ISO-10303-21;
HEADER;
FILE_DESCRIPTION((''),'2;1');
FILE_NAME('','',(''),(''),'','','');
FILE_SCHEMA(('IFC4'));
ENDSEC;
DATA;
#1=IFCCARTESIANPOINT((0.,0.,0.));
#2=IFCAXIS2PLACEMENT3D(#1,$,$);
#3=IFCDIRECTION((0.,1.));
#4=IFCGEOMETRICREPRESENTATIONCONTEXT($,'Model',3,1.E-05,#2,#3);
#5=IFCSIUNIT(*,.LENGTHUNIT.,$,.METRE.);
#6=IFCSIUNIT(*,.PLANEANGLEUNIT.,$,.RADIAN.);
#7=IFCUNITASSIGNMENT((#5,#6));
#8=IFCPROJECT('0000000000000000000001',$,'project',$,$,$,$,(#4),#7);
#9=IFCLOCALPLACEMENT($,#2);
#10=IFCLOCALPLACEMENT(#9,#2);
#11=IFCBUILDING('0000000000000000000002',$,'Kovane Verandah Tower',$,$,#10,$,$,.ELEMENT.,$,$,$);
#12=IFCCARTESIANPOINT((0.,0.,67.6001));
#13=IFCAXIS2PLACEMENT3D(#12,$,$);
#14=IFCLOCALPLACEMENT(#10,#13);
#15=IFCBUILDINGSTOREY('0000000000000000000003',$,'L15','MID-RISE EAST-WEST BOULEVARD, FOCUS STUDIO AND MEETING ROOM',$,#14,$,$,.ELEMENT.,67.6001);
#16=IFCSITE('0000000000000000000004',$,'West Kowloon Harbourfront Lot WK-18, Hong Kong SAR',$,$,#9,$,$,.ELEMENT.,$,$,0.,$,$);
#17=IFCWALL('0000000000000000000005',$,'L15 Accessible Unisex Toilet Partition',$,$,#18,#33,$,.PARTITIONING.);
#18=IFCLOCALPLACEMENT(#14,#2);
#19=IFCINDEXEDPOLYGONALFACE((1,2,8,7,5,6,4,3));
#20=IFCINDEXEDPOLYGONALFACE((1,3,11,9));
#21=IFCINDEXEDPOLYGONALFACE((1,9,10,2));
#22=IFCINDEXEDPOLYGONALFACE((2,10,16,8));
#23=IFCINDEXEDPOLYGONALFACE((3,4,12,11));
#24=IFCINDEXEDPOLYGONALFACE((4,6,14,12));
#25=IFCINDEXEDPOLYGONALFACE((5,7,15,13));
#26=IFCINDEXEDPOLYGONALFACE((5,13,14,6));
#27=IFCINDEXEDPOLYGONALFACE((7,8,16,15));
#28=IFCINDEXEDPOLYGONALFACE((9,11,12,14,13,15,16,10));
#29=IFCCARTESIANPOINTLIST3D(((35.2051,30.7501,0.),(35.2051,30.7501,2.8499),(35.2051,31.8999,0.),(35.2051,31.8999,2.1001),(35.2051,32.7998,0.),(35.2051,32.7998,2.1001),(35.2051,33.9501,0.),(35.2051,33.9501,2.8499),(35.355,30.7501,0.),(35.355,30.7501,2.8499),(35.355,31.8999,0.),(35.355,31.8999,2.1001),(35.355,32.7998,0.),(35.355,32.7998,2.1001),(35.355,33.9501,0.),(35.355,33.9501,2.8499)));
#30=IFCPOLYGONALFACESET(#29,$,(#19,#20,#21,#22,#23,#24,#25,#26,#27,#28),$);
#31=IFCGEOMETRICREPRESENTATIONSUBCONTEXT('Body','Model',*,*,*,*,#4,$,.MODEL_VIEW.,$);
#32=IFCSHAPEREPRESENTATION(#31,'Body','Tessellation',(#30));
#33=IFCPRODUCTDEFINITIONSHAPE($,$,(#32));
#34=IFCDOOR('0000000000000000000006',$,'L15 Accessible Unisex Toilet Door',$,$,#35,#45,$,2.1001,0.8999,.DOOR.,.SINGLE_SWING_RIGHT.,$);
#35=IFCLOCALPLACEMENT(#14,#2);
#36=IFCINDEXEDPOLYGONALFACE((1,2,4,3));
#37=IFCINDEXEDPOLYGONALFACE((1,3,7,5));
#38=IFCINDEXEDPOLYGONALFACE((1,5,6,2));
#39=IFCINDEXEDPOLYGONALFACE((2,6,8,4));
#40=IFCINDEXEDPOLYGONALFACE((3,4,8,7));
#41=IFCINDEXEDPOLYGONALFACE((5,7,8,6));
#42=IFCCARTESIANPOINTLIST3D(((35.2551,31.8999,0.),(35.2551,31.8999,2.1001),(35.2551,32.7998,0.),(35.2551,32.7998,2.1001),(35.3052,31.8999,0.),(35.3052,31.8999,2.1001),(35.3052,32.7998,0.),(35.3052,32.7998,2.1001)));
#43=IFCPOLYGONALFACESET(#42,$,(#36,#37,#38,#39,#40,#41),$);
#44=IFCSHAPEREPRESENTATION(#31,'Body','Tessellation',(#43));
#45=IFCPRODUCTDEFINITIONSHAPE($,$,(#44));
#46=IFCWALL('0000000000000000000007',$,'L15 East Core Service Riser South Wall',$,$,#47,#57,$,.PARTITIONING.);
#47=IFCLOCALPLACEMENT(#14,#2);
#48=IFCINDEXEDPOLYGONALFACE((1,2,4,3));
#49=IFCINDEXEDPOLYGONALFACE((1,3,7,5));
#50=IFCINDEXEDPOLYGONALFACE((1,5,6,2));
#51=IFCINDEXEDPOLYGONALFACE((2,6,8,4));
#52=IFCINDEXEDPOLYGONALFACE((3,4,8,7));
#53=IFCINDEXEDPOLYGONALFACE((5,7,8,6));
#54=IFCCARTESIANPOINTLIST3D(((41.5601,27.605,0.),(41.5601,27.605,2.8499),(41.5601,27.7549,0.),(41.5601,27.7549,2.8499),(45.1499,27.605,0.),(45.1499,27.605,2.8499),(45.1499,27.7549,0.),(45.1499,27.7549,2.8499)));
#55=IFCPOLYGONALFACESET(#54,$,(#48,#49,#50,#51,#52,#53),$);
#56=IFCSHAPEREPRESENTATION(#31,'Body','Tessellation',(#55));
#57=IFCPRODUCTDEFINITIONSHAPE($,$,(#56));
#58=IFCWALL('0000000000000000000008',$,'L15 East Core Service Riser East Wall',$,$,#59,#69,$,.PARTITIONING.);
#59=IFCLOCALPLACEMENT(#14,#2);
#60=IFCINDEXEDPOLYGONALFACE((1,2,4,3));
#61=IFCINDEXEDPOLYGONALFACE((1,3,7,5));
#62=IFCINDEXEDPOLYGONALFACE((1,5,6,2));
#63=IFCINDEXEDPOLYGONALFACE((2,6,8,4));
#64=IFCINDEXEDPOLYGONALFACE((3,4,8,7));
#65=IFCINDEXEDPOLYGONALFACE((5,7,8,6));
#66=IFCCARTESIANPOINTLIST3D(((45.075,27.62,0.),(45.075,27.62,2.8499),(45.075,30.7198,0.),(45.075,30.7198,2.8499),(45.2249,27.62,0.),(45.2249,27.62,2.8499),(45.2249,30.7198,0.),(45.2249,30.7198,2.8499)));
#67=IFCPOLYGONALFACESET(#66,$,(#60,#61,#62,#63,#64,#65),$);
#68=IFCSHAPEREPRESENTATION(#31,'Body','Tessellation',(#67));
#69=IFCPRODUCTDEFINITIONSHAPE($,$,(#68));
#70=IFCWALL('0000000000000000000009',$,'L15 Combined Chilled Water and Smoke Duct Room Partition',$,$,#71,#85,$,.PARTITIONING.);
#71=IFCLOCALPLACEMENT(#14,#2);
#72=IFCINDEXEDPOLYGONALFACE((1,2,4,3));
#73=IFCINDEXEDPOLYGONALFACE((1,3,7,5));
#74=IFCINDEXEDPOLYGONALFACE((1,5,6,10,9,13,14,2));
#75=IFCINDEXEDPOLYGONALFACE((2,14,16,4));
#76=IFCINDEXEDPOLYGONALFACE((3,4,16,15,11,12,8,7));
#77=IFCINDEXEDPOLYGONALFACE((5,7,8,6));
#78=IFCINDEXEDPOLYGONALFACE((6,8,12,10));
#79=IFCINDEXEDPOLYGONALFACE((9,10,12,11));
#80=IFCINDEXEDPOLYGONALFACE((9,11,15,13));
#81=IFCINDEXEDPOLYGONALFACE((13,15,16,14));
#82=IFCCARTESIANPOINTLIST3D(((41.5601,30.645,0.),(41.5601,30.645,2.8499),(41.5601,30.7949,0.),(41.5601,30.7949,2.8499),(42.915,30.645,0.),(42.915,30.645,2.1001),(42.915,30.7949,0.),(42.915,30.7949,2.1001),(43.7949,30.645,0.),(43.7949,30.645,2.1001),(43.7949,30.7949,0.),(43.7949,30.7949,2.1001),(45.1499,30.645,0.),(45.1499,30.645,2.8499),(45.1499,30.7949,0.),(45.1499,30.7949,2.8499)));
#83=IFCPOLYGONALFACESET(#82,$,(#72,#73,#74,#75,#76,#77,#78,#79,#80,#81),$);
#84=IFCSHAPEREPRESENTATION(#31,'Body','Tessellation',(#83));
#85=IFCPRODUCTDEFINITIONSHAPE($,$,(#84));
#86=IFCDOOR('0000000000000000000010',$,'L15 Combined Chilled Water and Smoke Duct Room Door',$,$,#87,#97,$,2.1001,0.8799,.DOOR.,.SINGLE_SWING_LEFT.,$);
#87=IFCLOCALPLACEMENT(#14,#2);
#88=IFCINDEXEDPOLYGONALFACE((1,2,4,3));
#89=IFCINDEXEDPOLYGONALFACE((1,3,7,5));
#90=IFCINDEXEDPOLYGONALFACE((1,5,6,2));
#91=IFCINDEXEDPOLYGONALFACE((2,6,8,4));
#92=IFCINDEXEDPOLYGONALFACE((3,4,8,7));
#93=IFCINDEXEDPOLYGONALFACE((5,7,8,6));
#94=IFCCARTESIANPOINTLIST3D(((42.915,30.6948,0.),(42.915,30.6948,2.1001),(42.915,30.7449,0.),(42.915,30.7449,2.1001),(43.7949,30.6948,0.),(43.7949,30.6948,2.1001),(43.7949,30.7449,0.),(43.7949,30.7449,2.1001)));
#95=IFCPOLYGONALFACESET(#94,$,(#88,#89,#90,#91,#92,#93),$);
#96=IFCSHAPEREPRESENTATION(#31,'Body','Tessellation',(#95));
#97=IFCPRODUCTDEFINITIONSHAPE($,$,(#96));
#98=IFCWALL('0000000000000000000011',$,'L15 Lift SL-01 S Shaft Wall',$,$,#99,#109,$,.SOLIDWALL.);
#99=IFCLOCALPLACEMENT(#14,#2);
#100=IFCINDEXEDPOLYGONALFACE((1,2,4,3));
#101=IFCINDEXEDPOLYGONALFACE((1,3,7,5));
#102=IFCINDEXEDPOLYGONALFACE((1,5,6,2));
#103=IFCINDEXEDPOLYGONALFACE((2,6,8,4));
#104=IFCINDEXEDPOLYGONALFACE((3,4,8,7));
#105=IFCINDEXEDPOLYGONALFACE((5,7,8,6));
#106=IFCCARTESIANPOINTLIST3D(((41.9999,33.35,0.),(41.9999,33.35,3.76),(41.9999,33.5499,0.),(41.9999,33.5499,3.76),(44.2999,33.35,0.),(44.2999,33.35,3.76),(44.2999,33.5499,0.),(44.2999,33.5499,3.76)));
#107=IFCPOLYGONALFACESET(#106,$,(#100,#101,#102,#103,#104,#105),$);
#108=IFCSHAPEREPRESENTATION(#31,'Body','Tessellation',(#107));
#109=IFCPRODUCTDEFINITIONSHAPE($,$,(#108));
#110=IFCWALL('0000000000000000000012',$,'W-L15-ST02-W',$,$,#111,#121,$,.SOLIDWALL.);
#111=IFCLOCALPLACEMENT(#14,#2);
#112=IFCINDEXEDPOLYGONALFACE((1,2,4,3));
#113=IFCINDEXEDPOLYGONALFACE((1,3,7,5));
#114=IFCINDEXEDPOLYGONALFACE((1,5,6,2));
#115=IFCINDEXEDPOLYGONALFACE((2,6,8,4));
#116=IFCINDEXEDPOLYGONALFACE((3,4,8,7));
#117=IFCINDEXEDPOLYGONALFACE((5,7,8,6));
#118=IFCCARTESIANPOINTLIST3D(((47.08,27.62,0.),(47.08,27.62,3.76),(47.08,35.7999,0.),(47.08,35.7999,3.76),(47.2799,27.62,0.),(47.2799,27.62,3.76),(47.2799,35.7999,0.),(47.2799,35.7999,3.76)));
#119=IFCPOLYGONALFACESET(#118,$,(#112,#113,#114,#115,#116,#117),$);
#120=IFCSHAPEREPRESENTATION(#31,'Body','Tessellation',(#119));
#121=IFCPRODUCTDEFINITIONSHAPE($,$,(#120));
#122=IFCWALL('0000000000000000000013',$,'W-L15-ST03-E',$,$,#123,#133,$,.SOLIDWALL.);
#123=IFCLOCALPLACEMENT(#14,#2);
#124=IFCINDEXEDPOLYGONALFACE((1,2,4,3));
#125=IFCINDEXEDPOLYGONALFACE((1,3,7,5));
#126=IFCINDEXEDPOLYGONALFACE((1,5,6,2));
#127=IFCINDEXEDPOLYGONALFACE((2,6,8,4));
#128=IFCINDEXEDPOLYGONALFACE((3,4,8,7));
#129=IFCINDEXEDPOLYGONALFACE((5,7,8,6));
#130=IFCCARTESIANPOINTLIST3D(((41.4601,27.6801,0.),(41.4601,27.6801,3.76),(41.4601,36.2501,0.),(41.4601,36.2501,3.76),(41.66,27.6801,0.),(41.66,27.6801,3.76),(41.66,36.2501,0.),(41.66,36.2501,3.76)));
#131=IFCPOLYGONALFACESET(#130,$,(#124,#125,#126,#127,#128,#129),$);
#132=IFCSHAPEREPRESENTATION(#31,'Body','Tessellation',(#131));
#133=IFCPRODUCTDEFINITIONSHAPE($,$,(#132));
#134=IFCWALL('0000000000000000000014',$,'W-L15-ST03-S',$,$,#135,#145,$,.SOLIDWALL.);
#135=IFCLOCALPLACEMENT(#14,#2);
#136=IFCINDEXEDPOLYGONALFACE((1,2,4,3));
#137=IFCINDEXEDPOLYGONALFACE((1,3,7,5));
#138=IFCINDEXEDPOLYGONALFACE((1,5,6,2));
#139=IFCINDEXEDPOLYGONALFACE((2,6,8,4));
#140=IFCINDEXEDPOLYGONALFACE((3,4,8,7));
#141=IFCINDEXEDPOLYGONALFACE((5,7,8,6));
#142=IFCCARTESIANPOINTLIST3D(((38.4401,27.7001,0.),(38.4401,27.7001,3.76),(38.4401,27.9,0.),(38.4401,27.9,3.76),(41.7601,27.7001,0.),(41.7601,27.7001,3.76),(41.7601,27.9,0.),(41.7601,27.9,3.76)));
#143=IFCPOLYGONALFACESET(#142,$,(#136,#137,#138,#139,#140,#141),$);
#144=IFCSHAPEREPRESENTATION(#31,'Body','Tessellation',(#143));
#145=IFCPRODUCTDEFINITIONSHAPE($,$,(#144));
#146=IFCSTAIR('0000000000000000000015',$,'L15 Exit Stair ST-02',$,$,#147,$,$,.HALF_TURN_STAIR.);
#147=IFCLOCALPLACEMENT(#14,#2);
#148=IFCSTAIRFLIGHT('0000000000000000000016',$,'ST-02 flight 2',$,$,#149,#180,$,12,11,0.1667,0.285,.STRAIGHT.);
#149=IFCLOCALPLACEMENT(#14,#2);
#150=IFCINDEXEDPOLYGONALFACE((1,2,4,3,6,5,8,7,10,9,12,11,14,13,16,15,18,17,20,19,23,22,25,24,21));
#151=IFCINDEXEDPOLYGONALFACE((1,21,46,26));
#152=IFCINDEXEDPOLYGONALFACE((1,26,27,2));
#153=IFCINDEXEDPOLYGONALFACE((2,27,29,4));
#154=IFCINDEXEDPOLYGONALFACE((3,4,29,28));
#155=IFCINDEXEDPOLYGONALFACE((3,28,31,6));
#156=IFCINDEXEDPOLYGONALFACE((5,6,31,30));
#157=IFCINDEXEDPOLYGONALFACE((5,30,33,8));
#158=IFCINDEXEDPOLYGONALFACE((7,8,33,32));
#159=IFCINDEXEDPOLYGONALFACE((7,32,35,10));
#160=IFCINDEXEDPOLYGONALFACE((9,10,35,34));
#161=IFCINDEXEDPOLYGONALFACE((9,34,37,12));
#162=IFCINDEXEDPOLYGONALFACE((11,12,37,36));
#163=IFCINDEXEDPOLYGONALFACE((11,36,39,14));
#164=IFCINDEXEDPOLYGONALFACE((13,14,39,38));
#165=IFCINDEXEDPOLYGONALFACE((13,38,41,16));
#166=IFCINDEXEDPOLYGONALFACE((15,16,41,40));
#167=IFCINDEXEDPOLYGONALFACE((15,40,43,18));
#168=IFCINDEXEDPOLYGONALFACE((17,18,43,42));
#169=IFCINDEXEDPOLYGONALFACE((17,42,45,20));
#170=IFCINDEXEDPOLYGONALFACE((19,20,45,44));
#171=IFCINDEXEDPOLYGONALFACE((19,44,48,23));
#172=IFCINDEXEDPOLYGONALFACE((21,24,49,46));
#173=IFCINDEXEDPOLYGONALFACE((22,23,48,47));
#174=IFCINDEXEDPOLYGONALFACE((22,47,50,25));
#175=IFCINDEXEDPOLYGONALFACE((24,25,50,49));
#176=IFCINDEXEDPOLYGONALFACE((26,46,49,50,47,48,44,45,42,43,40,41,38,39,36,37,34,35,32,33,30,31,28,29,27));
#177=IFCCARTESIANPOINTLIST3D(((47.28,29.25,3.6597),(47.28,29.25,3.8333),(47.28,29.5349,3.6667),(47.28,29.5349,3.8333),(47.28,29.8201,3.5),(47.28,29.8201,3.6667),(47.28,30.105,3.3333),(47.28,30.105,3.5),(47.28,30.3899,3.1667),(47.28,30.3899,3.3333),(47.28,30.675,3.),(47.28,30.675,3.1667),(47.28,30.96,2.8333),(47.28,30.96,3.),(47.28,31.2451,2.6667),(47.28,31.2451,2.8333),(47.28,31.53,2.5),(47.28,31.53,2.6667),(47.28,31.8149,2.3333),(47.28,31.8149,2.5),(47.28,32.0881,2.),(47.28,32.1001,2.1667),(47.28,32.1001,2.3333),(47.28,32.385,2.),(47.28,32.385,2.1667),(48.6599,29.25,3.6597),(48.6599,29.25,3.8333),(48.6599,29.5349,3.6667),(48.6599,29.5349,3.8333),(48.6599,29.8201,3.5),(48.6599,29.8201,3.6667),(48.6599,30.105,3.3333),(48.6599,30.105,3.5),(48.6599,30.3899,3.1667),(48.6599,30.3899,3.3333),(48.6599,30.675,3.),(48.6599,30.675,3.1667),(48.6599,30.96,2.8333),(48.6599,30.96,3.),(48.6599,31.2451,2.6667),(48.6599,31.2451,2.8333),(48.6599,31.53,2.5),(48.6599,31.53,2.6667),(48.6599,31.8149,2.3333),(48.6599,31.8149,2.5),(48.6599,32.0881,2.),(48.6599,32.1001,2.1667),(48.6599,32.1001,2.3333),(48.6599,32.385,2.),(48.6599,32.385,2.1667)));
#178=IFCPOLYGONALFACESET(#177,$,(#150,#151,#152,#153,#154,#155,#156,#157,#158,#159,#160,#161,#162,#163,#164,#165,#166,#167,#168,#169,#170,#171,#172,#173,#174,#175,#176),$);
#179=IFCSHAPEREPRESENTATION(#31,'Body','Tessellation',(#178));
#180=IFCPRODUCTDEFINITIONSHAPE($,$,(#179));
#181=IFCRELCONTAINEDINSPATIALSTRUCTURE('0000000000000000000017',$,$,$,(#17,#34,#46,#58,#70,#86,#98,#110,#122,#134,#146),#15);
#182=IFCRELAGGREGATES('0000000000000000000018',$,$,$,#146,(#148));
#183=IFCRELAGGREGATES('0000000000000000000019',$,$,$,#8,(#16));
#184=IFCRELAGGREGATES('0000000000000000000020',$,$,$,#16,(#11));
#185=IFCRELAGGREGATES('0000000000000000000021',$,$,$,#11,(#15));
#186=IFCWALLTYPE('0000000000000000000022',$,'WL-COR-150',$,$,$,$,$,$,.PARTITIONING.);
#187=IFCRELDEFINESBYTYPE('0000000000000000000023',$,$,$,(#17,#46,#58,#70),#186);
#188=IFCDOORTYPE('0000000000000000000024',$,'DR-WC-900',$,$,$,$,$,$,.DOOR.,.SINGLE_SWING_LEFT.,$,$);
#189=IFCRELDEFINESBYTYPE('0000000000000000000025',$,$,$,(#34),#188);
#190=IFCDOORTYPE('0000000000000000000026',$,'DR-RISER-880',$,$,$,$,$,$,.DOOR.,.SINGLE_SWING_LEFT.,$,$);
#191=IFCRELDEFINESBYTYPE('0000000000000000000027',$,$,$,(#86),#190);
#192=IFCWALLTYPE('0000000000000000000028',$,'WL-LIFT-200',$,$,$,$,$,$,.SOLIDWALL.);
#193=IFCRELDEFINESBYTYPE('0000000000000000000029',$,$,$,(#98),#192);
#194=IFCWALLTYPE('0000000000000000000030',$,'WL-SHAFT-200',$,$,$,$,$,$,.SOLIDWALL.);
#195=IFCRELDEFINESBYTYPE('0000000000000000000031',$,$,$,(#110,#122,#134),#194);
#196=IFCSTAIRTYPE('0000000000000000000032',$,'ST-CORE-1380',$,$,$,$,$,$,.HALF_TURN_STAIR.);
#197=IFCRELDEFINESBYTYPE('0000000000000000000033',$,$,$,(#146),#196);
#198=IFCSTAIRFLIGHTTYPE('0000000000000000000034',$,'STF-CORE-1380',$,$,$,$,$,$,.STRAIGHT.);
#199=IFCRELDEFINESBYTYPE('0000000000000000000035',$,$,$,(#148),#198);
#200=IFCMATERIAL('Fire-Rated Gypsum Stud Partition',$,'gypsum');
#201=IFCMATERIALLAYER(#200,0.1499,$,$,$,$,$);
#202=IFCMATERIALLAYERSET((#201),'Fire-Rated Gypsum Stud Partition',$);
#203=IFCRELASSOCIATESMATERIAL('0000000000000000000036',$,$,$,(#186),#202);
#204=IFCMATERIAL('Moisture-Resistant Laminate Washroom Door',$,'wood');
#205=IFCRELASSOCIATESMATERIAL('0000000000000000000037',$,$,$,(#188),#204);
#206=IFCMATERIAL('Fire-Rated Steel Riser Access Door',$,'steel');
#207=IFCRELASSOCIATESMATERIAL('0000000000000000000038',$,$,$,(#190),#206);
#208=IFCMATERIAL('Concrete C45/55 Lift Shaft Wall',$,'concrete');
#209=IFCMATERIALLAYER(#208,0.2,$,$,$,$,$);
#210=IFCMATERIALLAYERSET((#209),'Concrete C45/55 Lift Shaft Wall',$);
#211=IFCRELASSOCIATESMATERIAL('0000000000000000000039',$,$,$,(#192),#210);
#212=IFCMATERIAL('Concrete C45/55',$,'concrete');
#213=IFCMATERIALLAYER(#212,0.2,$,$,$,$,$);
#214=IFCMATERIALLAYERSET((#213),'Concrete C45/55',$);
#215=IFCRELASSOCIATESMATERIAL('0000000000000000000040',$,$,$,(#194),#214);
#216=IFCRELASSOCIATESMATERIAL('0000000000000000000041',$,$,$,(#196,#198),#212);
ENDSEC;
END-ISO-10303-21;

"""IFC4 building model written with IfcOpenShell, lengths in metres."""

from ifc_helpers import new_model, si_unit, direction, frame, frame_2d, origin, place, context, subcontext, project, spatial, polyline, rectangle, outline, extrude, material, layer, layer_set, type_object, element, fill, aggregate, save


model = new_model("IFC4")

# Units and contexts
model_context = context("Model", 3, precision=1e-05, world=origin(), true_north=direction((0.0, 1.0)))
body_context = subcontext(model_context, "Body", "Model", "MODEL_VIEW")
ifc_project = project(units=[si_unit("LENGTHUNIT", "METRE"), si_unit("PLANEANGLEUNIT", "RADIAN")], contexts=[model_context])

# Site, building, storey
site_placement = place(None, origin())
site = spatial("IfcSite", under=ifc_project, at=site_placement, Name="West Kowloon Harbourfront Lot WK-18, Hong Kong SAR", CompositionType="ELEMENT", RefElevation=0.0)
building_placement = place(site_placement, origin())
building = spatial("IfcBuilding", under=site, at=building_placement, Name="Kovane Verandah Tower", CompositionType="ELEMENT")
storey_placement = place(building_placement, frame((0.0, 0.0, 67.6001)))
storey = spatial("IfcBuildingStorey", under=building, at=storey_placement, Name="L15", Description="MID-RISE EAST-WEST BOULEVARD, FOCUS STUDIO AND MEETING ROOM", CompositionType="ELEMENT", Elevation=67.6001)

# Wall, opening, door
ifc_material_1 = material(Name="Fire-Rated Gypsum Stud Partition", Category="gypsum")
ifc_layer_1 = layer(ifc_material_1, 0.1499)
ifc_layer_set_1 = layer_set([ifc_layer_1], Name="Fire-Rated Gypsum Stud Partition")
wall_type_1 = type_object("IfcWallType", Name="WL-COR-150", PredefinedType="PARTITIONING", material=ifc_layer_set_1)
wall_1_placement = place(storey_placement, frame((35.28, 30.75, 0.0), z_axis=(0.0, 0.0, 1.0), x_axis=(0.0, 1.0, 0.0)))
wall_1 = element("IfcWall", 1, at=wall_1_placement, inside=storey, type_object=wall_type_1, Name="L15 Accessible Unisex Toilet Partition", PredefinedType="PARTITIONING", context=body_context, shape_type="SweptSolid", body=[
    extrude(rectangle(XDim=3.2, YDim=0.1499, at=frame_2d((1.6001, 0.0))), origin(), (0.0, 0.0, 1.0), 2.8499),
])
opening_1_placement = place(wall_1_placement, frame((1.1499, 0.0, 0.0)))
opening_1 = element("IfcOpeningElement", 2, at=opening_1_placement, cuts=wall_1, PredefinedType="OPENING", context=body_context, shape_type="SweptSolid", body=[
    extrude(rectangle(XDim=0.8999, YDim=2.1001, at=frame_2d((0.45, 1.05))), frame((0.0, 0.075, 0.0), z_axis=(0.0, -1.0, 0.0), x_axis=(1.0, 0.0, 0.0)), (0.0, 0.0, 1.0), 0.1499),
])
ifc_material_2 = material(Name="Moisture-Resistant Laminate Washroom Door", Category="wood")
door_type_1 = type_object("IfcDoorType", Name="DR-WC-900", OperationType="SINGLE_SWING_LEFT", PredefinedType="DOOR", material=ifc_material_2)
door_1_placement = place(opening_1_placement, origin())
door_1 = element("IfcDoor", 3, at=door_1_placement, inside=storey, type_object=door_type_1, Name="L15 Accessible Unisex Toilet Door", OperationType="SINGLE_SWING_RIGHT", OverallHeight=2.1001, OverallWidth=0.8999, PredefinedType="DOOR", context=body_context, shape_type="SweptSolid", body=[
    extrude(rectangle(XDim=0.8999, YDim=2.1001, at=frame_2d((0.45, 1.05))), frame((0.0, 0.0249, 0.0), z_axis=(0.0, -1.0, 0.0), x_axis=(1.0, 0.0, 0.0)), (0.0, 0.0, 1.0), 0.05),
])
fill(opening_1, door_1)

# Walls
wall_2_placement = place(storey_placement, frame((41.5601, 27.6799, 0.0), z_axis=(0.0, 0.0, 1.0), x_axis=(1.0, 0.0, 0.0)))
element("IfcWall", 4, at=wall_2_placement, inside=storey, type_object=wall_type_1, Name="L15 East Core Service Riser South Wall", PredefinedType="PARTITIONING", context=body_context, shape_type="SweptSolid", body=[
    extrude(rectangle(XDim=3.5898, YDim=0.1499, at=frame_2d((1.7949, 0.0))), origin(), (0.0, 0.0, 1.0), 2.8499),
])
wall_3_placement = place(storey_placement, frame((45.1499, 27.6201, 0.0), z_axis=(0.0, 0.0, 1.0), x_axis=(0.0, 1.0, 0.0)))
element("IfcWall", 5, at=wall_3_placement, inside=storey, type_object=wall_type_1, Name="L15 East Core Service Riser East Wall", PredefinedType="PARTITIONING", context=body_context, shape_type="SweptSolid", body=[
    extrude(rectangle(XDim=3.0999, YDim=0.1499, at=frame_2d((1.5498, 0.0))), origin(), (0.0, 0.0, 1.0), 2.8499),
])

# Wall, opening, door
wall_4_placement = place(storey_placement, frame((41.5601, 30.72, 0.0), z_axis=(0.0, 0.0, 1.0), x_axis=(1.0, 0.0, 0.0)))
wall_4 = element("IfcWall", 6, at=wall_4_placement, inside=storey, type_object=wall_type_1, Name="L15 Combined Chilled Water and Smoke Duct Room Partition", PredefinedType="PARTITIONING", context=body_context, shape_type="SweptSolid", body=[
    extrude(rectangle(XDim=3.5898, YDim=0.1499, at=frame_2d((1.7949, 0.0))), origin(), (0.0, 0.0, 1.0), 2.8499),
])
opening_2_placement = place(wall_4_placement, frame((1.355, 0.0, 0.0)))
opening_2 = element("IfcOpeningElement", 7, at=opening_2_placement, cuts=wall_4, PredefinedType="OPENING", context=body_context, shape_type="SweptSolid", body=[
    extrude(rectangle(XDim=0.8799, YDim=2.1001, at=frame_2d((0.4399, 1.05))), frame((0.0, 0.075, 0.0), z_axis=(0.0, -1.0, 0.0), x_axis=(1.0, 0.0, 0.0)), (0.0, 0.0, 1.0), 0.1499),
])
ifc_material_3 = material(Name="Fire-Rated Steel Riser Access Door", Category="steel")
door_type_2 = type_object("IfcDoorType", Name="DR-RISER-880", OperationType="SINGLE_SWING_LEFT", PredefinedType="DOOR", material=ifc_material_3)
door_2_placement = place(opening_2_placement, origin())
door_2 = element("IfcDoor", 8, at=door_2_placement, inside=storey, type_object=door_type_2, Name="L15 Combined Chilled Water and Smoke Duct Room Door", OperationType="SINGLE_SWING_LEFT", OverallHeight=2.1001, OverallWidth=0.8799, PredefinedType="DOOR", context=body_context, shape_type="SweptSolid", body=[
    extrude(rectangle(XDim=0.8799, YDim=2.1001, at=frame_2d((0.4399, 1.05))), frame((0.0, 0.0249, 0.0), z_axis=(0.0, -1.0, 0.0), x_axis=(1.0, 0.0, 0.0)), (0.0, 0.0, 1.0), 0.05),
])
fill(opening_2, door_2)

# Walls
ifc_material_4 = material(Name="Concrete C45/55 Lift Shaft Wall", Category="concrete")
ifc_layer_2 = layer(ifc_material_4, 0.2)
ifc_layer_set_2 = layer_set([ifc_layer_2], Name="Concrete C45/55 Lift Shaft Wall")
wall_type_2 = type_object("IfcWallType", Name="WL-LIFT-200", PredefinedType="SOLIDWALL", material=ifc_layer_set_2)
wall_5_placement = place(storey_placement, frame((42.0, 33.45, 0.0), z_axis=(0.0, 0.0, 1.0), x_axis=(1.0, 0.0, 0.0)))
element("IfcWall", 9, at=wall_5_placement, inside=storey, type_object=wall_type_2, Name="L15 Lift SL-01 S Shaft Wall", PredefinedType="SOLIDWALL", context=body_context, shape_type="SweptSolid", body=[
    extrude(rectangle(XDim=2.3, YDim=0.2, at=frame_2d((1.1499, 0.0))), origin(), (0.0, 0.0, 1.0), 3.76),
])
ifc_material_5 = material(Name="Concrete C45/55", Category="concrete")
ifc_layer_3 = layer(ifc_material_5, 0.2)
ifc_layer_set_3 = layer_set([ifc_layer_3], Name="Concrete C45/55")
wall_type_3 = type_object("IfcWallType", Name="WL-SHAFT-200", PredefinedType="SOLIDWALL", material=ifc_layer_set_3)
wall_6_placement = place(storey_placement, frame((47.1799, 27.6201, 0.0), z_axis=(0.0, 0.0, 1.0), x_axis=(0.0, 1.0, 0.0)))
element("IfcWall", 10, at=wall_6_placement, inside=storey, type_object=wall_type_3, Name="W-L15-ST02-W", PredefinedType="SOLIDWALL", context=body_context, shape_type="SweptSolid", body=[
    extrude(rectangle(XDim=8.1799, YDim=0.2, at=frame_2d((4.0898, 0.0))), origin(), (0.0, 0.0, 1.0), 3.76),
])

# Walls
wall_7_placement = place(storey_placement, frame((41.5601, 27.6799, 0.0), z_axis=(0.0, 0.0, 1.0), x_axis=(0.0, 1.0, 0.0)))
element("IfcWall", 11, at=wall_7_placement, inside=storey, type_object=wall_type_3, Name="W-L15-ST03-E", PredefinedType="SOLIDWALL", context=body_context, shape_type="SweptSolid", body=[
    extrude(rectangle(XDim=8.5701, YDim=0.2, at=frame_2d((4.2852, 0.0))), origin(), (0.0, 0.0, 1.0), 3.76),
])
wall_8_placement = place(storey_placement, frame((38.4399, 27.8, 0.0), z_axis=(0.0, 0.0, 1.0), x_axis=(1.0, 0.0, 0.0)))
element("IfcWall", 12, at=wall_8_placement, inside=storey, type_object=wall_type_3, Name="W-L15-ST03-S", PredefinedType="SOLIDWALL", context=body_context, shape_type="SweptSolid", body=[
    extrude(rectangle(XDim=3.3201, YDim=0.2, at=frame_2d((1.6602, 0.0))), origin(), (0.0, 0.0, 1.0), 3.76),
])

# Stair, stair flight
stair_type = type_object("IfcStairType", Name="ST-CORE-1380", PredefinedType="HALF_TURN_STAIR", material=ifc_material_5)
stair_1_placement = place(storey_placement, origin())
stair_1 = element("IfcStair", 13, at=stair_1_placement, inside=storey, type_object=stair_type, Name="L15 Exit Stair ST-02", PredefinedType="HALF_TURN_STAIR")
stair_flight_type = type_object("IfcStairFlightType", Name="STF-CORE-1380", PredefinedType="STRAIGHT", material=ifc_material_5)
stair_flight_1_placement = place(storey_placement, frame((47.97, 32.385, 2.0), z_axis=(0.0, 0.0, 1.0), x_axis=(0.0, -1.0, 0.0)))
stair_flight_1 = element("IfcStairFlight", 14, at=stair_flight_1_placement, type_object=stair_flight_type, Name="ST-02 flight 2", NumberOfRisers=12, NumberOfTreads=11, PredefinedType="STRAIGHT", RiserHeight=0.1667, TreadLength=0.285, context=body_context, shape_type="SweptSolid", body=[
    extrude(outline(polyline([(0.0, 0.0), (0.0, 0.1667), (0.2849, 0.1667), (0.2849, 0.3333), (0.5701, 0.3333), (0.5701, 0.5), (0.855, 0.5), (0.855, 0.6667), (1.1399, 0.6667), (1.1399, 0.8333), (1.425, 0.8333), (1.425, 1.0), (1.71, 1.0), (1.71, 1.1667), (1.9951, 1.1667), (1.9951, 1.3333), (2.28, 1.3333), (2.28, 1.5), (2.5649, 1.5), (2.5649, 1.6667), (2.8501, 1.6667), (2.8501, 1.8333), (3.135, 1.8333), (3.135, 2.0), (3.135, 1.6597), (0.2969, 0.0), (0.0, 0.0)])), frame((0.0, 0.6899, 0.0), z_axis=(0.0, -1.0, 0.0), x_axis=(1.0, 0.0, 0.0)), (0.0, 0.0, 1.0), 1.3799),
])
aggregate(stair_1, [stair_flight_1])

save(model, "model.ifc")
